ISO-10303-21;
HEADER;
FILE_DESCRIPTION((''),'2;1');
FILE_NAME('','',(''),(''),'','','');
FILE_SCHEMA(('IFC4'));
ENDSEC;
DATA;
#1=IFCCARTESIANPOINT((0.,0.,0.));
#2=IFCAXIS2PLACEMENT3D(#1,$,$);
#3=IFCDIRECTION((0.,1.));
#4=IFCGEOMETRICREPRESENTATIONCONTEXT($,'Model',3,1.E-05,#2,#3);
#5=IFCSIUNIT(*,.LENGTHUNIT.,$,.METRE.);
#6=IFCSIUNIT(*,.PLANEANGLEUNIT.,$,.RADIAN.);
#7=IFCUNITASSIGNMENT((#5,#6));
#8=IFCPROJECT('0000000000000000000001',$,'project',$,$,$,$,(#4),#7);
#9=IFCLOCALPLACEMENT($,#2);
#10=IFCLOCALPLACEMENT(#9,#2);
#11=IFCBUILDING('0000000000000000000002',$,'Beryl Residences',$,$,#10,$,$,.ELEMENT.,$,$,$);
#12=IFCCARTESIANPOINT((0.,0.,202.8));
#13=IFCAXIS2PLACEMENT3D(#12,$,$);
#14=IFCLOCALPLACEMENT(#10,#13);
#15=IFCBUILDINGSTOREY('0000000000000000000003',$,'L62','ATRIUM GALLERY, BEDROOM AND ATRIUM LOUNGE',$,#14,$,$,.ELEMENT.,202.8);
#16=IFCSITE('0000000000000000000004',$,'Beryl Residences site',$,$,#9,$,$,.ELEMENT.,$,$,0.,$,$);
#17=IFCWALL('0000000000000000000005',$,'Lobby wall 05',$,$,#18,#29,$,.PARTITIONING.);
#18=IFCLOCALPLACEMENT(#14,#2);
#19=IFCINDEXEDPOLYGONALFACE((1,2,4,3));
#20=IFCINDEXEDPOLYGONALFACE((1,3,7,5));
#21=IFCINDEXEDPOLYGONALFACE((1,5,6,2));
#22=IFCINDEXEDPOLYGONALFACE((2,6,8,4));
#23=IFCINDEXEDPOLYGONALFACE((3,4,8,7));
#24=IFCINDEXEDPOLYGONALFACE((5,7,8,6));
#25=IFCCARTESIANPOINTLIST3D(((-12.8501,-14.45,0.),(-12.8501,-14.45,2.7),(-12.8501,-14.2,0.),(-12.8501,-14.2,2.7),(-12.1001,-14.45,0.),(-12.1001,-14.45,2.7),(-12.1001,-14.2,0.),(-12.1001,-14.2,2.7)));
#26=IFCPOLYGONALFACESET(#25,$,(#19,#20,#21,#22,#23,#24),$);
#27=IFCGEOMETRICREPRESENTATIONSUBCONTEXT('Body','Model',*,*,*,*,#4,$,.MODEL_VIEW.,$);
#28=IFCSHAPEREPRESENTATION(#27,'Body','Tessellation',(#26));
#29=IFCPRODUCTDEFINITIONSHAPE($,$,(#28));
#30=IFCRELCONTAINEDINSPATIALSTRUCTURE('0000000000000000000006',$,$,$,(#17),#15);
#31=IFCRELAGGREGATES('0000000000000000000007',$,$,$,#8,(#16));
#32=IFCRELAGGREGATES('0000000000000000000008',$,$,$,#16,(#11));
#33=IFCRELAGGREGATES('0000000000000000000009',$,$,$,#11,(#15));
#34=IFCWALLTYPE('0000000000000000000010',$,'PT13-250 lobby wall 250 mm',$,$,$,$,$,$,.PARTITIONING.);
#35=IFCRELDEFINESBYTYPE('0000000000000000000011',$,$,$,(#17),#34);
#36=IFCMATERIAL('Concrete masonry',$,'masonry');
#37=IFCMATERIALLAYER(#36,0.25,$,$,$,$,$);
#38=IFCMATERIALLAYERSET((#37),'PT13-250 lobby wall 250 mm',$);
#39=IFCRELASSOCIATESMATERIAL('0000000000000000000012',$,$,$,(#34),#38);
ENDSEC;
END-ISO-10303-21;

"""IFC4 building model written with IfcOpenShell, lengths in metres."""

from ifc_helpers import new_model, si_unit, direction, frame, frame_2d, origin, place, context, subcontext, project, spatial, rectangle, extrude, material, layer, layer_set, type_object, element, save


model = new_model("IFC4")

# Units and contexts
model_context = context("Model", 3, precision=1e-05, world=origin(), true_north=direction((0.0, 1.0)))
body_context = subcontext(model_context, "Body", "Model", "MODEL_VIEW")
ifc_project = project(units=[si_unit("LENGTHUNIT", "METRE"), si_unit("PLANEANGLEUNIT", "RADIAN")], contexts=[model_context])

# Site, building, storey
site_placement = place(None, origin())
site = spatial("IfcSite", under=ifc_project, at=site_placement, Name="Beryl Residences site", CompositionType="ELEMENT", RefElevation=0.0)
building_placement = place(site_placement, origin())
building = spatial("IfcBuilding", under=site, at=building_placement, Name="Beryl Residences", CompositionType="ELEMENT")
storey_placement = place(building_placement, frame((0.0, 0.0, 202.8)))
storey = spatial("IfcBuildingStorey", under=building, at=storey_placement, Name="L62", Description="ATRIUM GALLERY, BEDROOM AND ATRIUM LOUNGE", CompositionType="ELEMENT", Elevation=202.8)

# Wall
ifc_material_1 = material(Name="Concrete masonry", Category="masonry")
ifc_layer_1 = layer(ifc_material_1, 0.25)
ifc_layer_set_1 = layer_set([ifc_layer_1], Name="PT13-250 lobby wall 250 mm")
wall_type_1 = type_object("IfcWallType", Name="PT13-250 lobby wall 250 mm", PredefinedType="PARTITIONING", material=ifc_layer_set_1)
wall_1_placement = place(storey_placement, frame((-12.8501, -14.325, 0.0), z_axis=(0.0, 0.0, 1.0), x_axis=(1.0, 0.0, 0.0)))
element("IfcWall", 1, at=wall_1_placement, inside=storey, type_object=wall_type_1, Name="Lobby wall 05", PredefinedType="PARTITIONING", context=body_context, shape_type="SweptSolid", body=[
    extrude(rectangle(XDim=0.75, YDim=0.25, at=frame_2d((0.375, 0.0))), origin(), (0.0, 0.0, 1.0), 2.7),
])

save(model, "model.ifc")
